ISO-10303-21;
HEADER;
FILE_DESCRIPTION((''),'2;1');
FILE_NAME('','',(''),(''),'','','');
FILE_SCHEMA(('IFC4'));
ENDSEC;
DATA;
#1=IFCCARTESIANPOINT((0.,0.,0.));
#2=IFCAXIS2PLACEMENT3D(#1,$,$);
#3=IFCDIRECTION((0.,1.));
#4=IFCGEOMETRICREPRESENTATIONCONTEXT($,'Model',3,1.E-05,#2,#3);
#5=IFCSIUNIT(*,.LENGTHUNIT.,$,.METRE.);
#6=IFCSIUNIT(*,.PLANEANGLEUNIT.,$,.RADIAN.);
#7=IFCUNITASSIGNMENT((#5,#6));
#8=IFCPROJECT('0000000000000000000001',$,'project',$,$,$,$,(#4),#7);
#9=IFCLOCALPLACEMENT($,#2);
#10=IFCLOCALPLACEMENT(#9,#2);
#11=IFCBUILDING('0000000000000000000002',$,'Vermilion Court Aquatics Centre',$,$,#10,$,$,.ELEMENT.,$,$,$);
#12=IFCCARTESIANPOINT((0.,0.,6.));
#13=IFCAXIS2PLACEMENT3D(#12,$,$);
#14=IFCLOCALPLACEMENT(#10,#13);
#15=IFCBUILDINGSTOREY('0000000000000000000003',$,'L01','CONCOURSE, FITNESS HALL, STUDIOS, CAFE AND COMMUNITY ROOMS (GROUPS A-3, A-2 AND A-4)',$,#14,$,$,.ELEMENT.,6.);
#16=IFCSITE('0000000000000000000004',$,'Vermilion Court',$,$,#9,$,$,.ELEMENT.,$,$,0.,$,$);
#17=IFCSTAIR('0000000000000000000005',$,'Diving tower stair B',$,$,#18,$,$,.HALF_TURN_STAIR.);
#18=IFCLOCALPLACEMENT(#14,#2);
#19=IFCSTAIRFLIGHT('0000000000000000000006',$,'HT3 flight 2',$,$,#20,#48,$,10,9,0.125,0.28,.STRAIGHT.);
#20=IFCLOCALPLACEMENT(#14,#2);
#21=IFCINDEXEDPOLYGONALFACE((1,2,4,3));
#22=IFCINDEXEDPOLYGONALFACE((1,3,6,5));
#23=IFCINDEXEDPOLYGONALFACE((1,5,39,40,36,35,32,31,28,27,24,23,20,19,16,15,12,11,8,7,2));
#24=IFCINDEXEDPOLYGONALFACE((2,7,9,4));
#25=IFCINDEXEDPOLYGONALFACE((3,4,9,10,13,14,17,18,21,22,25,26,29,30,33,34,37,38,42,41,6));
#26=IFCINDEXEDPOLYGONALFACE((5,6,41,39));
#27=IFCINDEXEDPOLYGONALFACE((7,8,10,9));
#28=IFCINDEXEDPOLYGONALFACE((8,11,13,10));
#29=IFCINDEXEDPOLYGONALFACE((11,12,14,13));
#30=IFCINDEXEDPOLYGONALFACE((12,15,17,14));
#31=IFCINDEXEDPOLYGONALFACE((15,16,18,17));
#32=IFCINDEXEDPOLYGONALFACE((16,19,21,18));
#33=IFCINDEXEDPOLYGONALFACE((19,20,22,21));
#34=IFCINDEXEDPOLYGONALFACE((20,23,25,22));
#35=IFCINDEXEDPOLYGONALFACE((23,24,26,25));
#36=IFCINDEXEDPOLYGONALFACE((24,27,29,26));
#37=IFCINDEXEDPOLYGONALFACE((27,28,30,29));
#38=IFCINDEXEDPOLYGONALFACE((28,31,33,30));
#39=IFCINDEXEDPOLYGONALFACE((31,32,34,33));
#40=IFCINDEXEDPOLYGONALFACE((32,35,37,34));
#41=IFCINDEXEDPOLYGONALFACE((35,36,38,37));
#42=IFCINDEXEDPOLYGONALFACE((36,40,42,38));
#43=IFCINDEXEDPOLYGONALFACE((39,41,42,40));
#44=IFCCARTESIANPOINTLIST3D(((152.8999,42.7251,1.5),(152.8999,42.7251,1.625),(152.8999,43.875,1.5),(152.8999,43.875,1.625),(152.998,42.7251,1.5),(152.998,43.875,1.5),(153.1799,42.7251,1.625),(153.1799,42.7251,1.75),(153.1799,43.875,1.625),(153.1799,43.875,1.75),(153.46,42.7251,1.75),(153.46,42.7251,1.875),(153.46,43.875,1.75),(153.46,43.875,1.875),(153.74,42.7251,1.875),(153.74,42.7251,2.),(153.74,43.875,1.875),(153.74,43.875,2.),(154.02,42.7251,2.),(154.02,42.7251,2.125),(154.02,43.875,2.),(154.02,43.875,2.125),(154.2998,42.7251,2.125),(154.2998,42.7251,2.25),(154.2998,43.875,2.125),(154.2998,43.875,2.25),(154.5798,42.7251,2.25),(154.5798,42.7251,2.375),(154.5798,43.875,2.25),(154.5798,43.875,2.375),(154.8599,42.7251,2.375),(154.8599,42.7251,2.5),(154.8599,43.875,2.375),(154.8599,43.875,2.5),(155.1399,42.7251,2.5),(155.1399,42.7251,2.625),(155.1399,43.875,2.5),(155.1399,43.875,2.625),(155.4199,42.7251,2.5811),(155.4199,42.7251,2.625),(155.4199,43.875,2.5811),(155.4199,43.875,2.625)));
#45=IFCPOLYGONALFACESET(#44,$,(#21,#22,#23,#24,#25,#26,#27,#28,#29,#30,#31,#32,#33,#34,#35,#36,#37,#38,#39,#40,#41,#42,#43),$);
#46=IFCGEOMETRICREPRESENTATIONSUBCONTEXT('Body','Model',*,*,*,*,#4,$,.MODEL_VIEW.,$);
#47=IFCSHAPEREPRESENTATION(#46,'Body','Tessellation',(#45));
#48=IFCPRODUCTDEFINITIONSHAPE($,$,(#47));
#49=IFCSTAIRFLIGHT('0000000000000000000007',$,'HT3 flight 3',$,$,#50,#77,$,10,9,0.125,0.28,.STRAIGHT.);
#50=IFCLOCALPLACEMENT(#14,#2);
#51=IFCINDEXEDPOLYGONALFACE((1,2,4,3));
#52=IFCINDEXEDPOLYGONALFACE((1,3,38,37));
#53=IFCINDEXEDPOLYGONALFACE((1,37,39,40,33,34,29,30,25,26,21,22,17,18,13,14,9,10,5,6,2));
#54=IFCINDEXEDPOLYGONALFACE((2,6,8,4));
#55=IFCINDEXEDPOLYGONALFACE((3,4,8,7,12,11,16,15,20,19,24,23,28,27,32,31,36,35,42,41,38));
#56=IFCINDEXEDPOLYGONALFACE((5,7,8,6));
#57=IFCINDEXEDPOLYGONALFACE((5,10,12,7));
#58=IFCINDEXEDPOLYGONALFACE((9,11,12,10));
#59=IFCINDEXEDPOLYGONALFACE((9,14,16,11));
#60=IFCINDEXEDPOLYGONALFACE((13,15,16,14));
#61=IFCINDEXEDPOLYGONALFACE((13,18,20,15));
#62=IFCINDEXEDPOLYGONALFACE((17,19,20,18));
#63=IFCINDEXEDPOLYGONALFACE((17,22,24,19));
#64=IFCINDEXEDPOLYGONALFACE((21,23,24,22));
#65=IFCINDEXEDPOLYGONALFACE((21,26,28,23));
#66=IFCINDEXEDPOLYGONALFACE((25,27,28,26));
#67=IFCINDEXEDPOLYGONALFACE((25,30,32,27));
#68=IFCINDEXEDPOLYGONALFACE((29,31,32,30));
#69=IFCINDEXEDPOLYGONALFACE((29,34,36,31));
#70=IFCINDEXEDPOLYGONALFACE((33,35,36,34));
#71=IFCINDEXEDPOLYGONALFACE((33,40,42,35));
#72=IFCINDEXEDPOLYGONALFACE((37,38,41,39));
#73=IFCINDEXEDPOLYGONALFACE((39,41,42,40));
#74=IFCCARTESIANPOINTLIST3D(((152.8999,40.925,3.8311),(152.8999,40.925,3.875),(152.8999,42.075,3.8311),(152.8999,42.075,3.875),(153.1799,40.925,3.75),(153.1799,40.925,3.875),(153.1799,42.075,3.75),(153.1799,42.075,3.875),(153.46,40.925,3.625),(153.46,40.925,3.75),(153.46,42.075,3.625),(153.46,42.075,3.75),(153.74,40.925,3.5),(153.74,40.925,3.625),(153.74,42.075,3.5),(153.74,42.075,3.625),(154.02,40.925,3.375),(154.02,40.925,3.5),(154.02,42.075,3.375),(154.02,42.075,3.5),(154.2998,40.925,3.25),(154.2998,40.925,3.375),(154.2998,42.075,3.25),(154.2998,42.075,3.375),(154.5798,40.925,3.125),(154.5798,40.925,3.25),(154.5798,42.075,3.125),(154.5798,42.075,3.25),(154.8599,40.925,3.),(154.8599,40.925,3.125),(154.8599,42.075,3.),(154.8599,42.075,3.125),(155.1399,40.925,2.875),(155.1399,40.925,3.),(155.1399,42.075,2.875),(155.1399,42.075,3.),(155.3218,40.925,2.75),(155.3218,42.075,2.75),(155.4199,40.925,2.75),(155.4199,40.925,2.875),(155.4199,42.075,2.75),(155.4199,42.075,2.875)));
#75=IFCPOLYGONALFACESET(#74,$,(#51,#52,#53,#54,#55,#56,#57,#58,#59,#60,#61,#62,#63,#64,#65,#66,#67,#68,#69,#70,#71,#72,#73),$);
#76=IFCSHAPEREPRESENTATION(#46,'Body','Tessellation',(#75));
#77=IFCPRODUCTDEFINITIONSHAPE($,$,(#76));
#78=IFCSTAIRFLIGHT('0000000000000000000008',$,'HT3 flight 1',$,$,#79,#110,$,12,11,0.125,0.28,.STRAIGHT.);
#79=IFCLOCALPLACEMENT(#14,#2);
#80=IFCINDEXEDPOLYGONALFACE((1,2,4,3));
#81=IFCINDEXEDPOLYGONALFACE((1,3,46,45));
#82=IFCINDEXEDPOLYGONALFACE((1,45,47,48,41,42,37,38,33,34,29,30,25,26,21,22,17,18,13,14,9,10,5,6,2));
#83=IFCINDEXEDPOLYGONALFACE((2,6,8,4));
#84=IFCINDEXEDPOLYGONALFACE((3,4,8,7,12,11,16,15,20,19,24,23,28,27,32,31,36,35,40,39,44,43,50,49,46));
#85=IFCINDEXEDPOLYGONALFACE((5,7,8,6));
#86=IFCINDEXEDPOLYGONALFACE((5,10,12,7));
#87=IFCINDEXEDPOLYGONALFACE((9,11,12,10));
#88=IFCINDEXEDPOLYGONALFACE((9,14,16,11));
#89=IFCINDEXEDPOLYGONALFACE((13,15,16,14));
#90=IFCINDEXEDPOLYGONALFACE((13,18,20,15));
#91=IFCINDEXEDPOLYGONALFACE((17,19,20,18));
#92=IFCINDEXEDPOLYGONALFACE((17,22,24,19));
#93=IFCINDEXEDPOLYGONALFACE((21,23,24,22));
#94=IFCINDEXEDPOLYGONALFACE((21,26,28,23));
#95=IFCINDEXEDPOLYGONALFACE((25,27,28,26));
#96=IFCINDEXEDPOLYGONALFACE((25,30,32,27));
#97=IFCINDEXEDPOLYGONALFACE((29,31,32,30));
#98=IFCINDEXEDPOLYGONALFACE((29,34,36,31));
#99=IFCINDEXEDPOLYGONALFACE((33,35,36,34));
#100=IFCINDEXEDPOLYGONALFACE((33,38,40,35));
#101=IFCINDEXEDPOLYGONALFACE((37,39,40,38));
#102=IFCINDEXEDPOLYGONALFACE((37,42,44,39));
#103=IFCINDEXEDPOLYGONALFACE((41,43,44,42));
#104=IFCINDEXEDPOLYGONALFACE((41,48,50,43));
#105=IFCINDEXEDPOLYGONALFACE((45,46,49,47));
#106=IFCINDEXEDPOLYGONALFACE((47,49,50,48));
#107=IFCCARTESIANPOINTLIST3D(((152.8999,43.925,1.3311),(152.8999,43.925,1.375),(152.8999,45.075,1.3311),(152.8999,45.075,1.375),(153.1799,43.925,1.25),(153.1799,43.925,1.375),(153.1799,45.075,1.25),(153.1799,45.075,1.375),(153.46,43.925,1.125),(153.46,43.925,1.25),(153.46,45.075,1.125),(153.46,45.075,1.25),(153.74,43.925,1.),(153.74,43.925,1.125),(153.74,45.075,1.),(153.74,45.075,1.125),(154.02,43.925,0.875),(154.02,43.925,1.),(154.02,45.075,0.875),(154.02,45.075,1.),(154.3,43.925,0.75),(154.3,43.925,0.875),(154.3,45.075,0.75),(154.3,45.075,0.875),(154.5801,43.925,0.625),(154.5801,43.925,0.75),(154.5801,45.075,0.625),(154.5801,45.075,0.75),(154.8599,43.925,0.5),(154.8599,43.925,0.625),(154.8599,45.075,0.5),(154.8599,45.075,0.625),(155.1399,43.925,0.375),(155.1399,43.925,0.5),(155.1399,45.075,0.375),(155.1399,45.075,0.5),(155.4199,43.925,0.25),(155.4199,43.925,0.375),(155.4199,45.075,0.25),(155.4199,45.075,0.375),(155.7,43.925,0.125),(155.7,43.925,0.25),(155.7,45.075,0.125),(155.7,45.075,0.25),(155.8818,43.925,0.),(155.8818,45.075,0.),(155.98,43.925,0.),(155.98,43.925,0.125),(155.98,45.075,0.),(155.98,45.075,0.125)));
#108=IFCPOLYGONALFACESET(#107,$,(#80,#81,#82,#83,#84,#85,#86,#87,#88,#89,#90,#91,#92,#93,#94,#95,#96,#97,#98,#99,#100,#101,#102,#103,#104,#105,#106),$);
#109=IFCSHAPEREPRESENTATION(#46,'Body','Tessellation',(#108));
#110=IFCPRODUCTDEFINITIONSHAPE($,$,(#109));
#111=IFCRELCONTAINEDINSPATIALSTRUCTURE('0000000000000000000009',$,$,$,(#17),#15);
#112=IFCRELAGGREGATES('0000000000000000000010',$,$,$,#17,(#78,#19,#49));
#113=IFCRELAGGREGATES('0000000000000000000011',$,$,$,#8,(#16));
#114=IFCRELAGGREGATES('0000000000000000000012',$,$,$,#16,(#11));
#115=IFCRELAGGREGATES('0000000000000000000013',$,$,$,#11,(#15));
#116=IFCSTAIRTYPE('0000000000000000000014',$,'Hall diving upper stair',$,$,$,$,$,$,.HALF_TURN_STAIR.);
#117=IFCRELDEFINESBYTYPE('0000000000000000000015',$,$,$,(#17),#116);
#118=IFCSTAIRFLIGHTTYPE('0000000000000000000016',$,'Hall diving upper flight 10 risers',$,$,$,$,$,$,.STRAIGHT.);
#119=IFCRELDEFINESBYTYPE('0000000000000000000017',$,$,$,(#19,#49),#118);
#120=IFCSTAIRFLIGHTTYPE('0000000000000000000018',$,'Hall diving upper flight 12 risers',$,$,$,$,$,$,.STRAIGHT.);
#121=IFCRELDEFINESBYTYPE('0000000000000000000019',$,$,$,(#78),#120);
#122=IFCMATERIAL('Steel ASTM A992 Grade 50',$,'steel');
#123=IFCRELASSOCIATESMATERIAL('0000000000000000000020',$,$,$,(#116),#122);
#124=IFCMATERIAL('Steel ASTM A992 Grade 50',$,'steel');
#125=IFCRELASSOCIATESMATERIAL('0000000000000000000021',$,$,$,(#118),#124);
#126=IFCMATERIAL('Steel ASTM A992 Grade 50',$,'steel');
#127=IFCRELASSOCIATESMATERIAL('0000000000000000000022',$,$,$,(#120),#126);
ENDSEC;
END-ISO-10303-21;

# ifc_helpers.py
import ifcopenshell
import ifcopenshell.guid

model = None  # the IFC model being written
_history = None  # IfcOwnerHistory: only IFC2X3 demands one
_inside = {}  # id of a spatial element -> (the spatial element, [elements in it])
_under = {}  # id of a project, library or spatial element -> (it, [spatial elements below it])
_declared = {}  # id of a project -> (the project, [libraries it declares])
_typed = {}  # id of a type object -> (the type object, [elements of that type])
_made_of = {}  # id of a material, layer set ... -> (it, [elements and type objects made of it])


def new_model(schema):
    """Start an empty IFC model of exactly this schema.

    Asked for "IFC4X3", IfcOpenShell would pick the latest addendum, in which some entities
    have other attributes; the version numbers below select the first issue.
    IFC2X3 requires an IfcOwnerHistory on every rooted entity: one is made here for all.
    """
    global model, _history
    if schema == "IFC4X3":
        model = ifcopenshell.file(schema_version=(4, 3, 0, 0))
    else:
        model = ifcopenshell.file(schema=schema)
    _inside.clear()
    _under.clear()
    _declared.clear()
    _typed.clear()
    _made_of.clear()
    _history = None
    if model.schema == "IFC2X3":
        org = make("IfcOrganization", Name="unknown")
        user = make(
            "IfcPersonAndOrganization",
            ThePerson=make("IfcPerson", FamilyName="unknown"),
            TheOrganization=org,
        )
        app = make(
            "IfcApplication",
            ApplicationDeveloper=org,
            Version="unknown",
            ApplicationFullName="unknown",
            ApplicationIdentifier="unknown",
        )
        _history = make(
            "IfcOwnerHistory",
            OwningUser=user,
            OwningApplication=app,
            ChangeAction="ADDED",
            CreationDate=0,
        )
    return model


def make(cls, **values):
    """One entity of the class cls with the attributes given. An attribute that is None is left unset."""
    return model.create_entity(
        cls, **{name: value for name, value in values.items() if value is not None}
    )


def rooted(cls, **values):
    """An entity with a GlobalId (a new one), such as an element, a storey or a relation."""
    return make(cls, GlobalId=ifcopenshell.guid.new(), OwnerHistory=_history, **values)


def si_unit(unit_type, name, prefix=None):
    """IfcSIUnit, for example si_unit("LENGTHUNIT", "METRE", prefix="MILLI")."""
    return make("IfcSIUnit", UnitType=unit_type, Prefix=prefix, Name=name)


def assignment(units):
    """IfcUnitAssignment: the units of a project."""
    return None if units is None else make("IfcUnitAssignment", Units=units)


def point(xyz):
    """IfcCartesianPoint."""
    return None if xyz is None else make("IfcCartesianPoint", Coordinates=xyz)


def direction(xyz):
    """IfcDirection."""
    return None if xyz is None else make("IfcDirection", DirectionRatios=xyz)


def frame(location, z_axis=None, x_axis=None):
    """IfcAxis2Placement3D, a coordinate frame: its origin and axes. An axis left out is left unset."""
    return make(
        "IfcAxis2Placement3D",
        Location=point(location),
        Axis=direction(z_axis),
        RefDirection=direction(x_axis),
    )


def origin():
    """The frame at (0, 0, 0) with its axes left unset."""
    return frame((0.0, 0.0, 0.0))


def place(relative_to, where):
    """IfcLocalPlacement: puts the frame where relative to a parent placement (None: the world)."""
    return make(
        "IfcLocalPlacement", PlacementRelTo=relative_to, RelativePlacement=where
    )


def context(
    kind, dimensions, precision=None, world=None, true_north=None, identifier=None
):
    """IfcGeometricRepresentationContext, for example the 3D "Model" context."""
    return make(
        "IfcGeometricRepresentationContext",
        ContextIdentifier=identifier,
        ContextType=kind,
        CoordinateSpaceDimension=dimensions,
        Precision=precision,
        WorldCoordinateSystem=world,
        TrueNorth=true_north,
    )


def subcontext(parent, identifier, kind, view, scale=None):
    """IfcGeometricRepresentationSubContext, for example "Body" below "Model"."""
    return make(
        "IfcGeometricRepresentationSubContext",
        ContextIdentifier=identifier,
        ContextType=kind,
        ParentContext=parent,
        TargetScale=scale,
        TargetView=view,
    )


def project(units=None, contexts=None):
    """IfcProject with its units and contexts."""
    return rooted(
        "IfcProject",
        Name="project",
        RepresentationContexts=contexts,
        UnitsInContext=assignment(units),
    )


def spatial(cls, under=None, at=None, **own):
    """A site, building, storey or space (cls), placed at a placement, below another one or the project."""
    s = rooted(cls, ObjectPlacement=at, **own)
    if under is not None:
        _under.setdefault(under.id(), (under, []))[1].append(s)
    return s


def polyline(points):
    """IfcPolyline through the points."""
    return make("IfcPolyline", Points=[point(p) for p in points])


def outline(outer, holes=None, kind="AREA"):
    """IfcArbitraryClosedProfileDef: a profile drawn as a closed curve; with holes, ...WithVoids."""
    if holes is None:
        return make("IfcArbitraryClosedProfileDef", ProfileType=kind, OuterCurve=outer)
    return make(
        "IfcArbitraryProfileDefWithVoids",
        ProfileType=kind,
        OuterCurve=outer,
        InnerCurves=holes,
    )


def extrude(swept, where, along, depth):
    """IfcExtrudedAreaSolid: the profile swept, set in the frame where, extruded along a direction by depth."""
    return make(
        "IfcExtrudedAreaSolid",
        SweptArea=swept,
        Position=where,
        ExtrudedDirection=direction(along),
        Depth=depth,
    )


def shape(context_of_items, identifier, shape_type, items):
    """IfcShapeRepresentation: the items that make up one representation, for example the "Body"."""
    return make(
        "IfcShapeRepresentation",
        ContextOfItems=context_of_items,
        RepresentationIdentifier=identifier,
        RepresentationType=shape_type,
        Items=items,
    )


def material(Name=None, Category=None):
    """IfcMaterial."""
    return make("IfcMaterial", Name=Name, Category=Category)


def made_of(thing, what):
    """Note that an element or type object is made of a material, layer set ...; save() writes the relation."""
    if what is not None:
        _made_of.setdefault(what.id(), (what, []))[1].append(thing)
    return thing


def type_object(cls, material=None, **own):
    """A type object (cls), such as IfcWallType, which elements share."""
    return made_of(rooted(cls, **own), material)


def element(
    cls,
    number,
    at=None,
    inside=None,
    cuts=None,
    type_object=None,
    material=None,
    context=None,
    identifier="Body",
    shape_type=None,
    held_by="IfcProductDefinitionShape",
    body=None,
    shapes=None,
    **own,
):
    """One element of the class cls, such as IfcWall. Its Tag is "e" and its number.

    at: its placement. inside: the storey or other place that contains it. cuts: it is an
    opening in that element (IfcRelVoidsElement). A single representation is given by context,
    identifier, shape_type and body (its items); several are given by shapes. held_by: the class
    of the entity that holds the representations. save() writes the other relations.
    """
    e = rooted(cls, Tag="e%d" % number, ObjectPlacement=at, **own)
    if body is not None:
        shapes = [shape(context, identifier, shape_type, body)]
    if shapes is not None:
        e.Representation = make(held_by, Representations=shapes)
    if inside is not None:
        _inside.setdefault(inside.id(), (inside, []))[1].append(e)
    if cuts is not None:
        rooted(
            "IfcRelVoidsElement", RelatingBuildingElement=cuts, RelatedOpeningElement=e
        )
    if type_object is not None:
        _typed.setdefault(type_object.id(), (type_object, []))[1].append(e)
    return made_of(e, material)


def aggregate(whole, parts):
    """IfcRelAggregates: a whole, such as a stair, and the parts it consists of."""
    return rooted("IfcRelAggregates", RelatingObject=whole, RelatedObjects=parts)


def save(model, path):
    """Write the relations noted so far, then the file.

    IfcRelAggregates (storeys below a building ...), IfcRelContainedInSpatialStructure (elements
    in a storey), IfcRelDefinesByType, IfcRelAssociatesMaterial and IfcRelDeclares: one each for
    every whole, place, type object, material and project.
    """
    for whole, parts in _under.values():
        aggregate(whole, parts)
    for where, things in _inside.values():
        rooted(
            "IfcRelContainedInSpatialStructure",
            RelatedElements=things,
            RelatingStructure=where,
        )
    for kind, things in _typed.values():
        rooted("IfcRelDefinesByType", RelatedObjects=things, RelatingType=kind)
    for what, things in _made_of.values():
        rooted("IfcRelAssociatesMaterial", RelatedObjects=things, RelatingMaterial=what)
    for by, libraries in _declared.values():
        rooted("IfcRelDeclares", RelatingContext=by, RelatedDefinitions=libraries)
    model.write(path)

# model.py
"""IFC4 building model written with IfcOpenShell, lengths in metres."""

from ifc_helpers import new_model, si_unit, direction, frame, origin, place, context, subcontext, project, spatial, polyline, outline, extrude, material, type_object, element, aggregate, save


model = new_model("IFC4")

# Units and contexts
model_context = context("Model", 3, precision=1e-05, world=origin(), true_north=direction((0.0, 1.0)))
body_context = subcontext(model_context, "Body", "Model", "MODEL_VIEW")
ifc_project = project(units=[si_unit("LENGTHUNIT", "METRE"), si_unit("PLANEANGLEUNIT", "RADIAN")], contexts=[model_context])

# Site, building, storey
site_placement = place(None, origin())
site = spatial("IfcSite", under=ifc_project, at=site_placement, Name="Vermilion Court", CompositionType="ELEMENT", RefElevation=0.0)
building_placement = place(site_placement, origin())
building = spatial("IfcBuilding", under=site, at=building_placement, Name="Vermilion Court Aquatics Centre", CompositionType="ELEMENT")
storey_placement = place(building_placement, frame((0.0, 0.0, 6.0)))
storey = spatial("IfcBuildingStorey", under=building, at=storey_placement, Name="L01", Description="CONCOURSE, FITNESS HALL, STUDIOS, CAFE AND COMMUNITY ROOMS (GROUPS A-3, A-2 AND A-4)", CompositionType="ELEMENT", Elevation=6.0)

# Stair, stair flights
ifc_material_1 = material(Name="Steel ASTM A992 Grade 50", Category="steel")
stair_type_1 = type_object("IfcStairType", Name="Hall diving upper stair", PredefinedType="HALF_TURN_STAIR", material=ifc_material_1)
stair_1_placement = place(storey_placement, origin())
stair_1 = element("IfcStair", 1, at=stair_1_placement, inside=storey, type_object=stair_type_1, Name="Diving tower stair B", PredefinedType="HALF_TURN_STAIR")
ifc_material_2 = material(Name="Steel ASTM A992 Grade 50", Category="steel")
stair_flight_type_1 = type_object("IfcStairFlightType", Name="Hall diving upper flight 10 risers", PredefinedType="STRAIGHT", material=ifc_material_2)
stair_flight_1_placement = place(storey_placement, frame((152.8999, 43.3, 1.5), z_axis=(0.0, 0.0, 1.0), x_axis=(1.0, 0.0, 0.0)))
stair_flight_1 = element("IfcStairFlight", 2, at=stair_flight_1_placement, type_object=stair_flight_type_1, Name="HT3 flight 2", NumberOfRisers=10, NumberOfTreads=9, PredefinedType="STRAIGHT", RiserHeight=0.125, TreadLength=0.28, context=body_context, shape_type="SweptSolid", body=[
    extrude(outline(polyline([(0.0, 0.0), (0.0, 0.125), (0.28, 0.125), (0.28, 0.25), (0.5601, 0.25), (0.5601, 0.375), (0.8401, 0.375), (0.8401, 0.5), (1.1201, 0.5), (1.1201, 0.625), (1.3999, 0.625), (1.3999, 0.75), (1.6799, 0.75), (1.6799, 0.875), (1.96, 0.875), (1.96, 1.0), (2.24, 1.0), (2.24, 1.125), (2.52, 1.125), (2.52, 1.25), (2.52, 1.0811), (0.0981, 0.0), (0.0, 0.0)])), frame((0.0, 0.575, 0.0), z_axis=(0.0, -1.0, 0.0), x_axis=(1.0, 0.0, 0.0)), (0.0, 0.0, 1.0), 1.1499),
])
stair_flight_2_placement = place(storey_placement, frame((155.4199, 41.5, 2.75), z_axis=(0.0, 0.0, 1.0), x_axis=(-1.0, 0.0, 0.0)))
stair_flight_2 = element("IfcStairFlight", 3, at=stair_flight_2_placement, type_object=stair_flight_type_1, Name="HT3 flight 3", NumberOfRisers=10, NumberOfTreads=9, PredefinedType="STRAIGHT", RiserHeight=0.125, TreadLength=0.28, context=body_context, shape_type="SweptSolid", body=[
    extrude(outline(polyline([(0.0, 0.0), (0.0, 0.125), (0.28, 0.125), (0.28, 0.25), (0.5601, 0.25), (0.5601, 0.375), (0.8401, 0.375), (0.8401, 0.5), (1.1201, 0.5), (1.1201, 0.625), (1.3999, 0.625), (1.3999, 0.75), (1.6799, 0.75), (1.6799, 0.875), (1.96, 0.875), (1.96, 1.0), (2.24, 1.0), (2.24, 1.125), (2.52, 1.125), (2.52, 1.25), (2.52, 1.0811), (0.0981, 0.0), (0.0, 0.0)])), frame((0.0, 0.575, 0.0), z_axis=(0.0, -1.0, 0.0), x_axis=(1.0, 0.0, 0.0)), (0.0, 0.0, 1.0), 1.1499),
])
ifc_material_3 = material(Name="Steel ASTM A992 Grade 50", Category="steel")
stair_flight_type_2 = type_object("IfcStairFlightType", Name="Hall diving upper flight 12 risers", PredefinedType="STRAIGHT", material=ifc_material_3)
stair_flight_3_placement = place(storey_placement, frame((155.98, 44.5, 0.0), z_axis=(0.0, 0.0, 1.0), x_axis=(-1.0, 0.0, 0.0)))
stair_flight_3 = element("IfcStairFlight", 4, at=stair_flight_3_placement, type_object=stair_flight_type_2, Name="HT3 flight 1", NumberOfRisers=12, NumberOfTreads=11, PredefinedType="STRAIGHT", RiserHeight=0.125, TreadLength=0.28, context=body_context, shape_type="SweptSolid", body=[
    extrude(outline(polyline([(0.0, 0.0), (0.0, 0.125), (0.28, 0.125), (0.28, 0.25), (0.5601, 0.25), (0.5601, 0.375), (0.8401, 0.375), (0.8401, 0.5), (1.1201, 0.5), (1.1201, 0.625), (1.3999, 0.625), (1.3999, 0.75), (1.6799, 0.75), (1.6799, 0.875), (1.96, 0.875), (1.96, 1.0), (2.24, 1.0), (2.24, 1.125), (2.52, 1.125), (2.52, 1.25), (2.8, 1.25), (2.8, 1.375), (3.0801, 1.375), (3.0801, 1.5), (3.0801, 1.3311), (0.0981, 0.0), (0.0, 0.0)])), frame((0.0, 0.575, 0.0), z_axis=(0.0, -1.0, 0.0), x_axis=(1.0, 0.0, 0.0)), (0.0, 0.0, 1.0), 1.1499),
])
aggregate(stair_1, [stair_flight_3, stair_flight_1, stair_flight_2])

save(model, "model.ifc")
